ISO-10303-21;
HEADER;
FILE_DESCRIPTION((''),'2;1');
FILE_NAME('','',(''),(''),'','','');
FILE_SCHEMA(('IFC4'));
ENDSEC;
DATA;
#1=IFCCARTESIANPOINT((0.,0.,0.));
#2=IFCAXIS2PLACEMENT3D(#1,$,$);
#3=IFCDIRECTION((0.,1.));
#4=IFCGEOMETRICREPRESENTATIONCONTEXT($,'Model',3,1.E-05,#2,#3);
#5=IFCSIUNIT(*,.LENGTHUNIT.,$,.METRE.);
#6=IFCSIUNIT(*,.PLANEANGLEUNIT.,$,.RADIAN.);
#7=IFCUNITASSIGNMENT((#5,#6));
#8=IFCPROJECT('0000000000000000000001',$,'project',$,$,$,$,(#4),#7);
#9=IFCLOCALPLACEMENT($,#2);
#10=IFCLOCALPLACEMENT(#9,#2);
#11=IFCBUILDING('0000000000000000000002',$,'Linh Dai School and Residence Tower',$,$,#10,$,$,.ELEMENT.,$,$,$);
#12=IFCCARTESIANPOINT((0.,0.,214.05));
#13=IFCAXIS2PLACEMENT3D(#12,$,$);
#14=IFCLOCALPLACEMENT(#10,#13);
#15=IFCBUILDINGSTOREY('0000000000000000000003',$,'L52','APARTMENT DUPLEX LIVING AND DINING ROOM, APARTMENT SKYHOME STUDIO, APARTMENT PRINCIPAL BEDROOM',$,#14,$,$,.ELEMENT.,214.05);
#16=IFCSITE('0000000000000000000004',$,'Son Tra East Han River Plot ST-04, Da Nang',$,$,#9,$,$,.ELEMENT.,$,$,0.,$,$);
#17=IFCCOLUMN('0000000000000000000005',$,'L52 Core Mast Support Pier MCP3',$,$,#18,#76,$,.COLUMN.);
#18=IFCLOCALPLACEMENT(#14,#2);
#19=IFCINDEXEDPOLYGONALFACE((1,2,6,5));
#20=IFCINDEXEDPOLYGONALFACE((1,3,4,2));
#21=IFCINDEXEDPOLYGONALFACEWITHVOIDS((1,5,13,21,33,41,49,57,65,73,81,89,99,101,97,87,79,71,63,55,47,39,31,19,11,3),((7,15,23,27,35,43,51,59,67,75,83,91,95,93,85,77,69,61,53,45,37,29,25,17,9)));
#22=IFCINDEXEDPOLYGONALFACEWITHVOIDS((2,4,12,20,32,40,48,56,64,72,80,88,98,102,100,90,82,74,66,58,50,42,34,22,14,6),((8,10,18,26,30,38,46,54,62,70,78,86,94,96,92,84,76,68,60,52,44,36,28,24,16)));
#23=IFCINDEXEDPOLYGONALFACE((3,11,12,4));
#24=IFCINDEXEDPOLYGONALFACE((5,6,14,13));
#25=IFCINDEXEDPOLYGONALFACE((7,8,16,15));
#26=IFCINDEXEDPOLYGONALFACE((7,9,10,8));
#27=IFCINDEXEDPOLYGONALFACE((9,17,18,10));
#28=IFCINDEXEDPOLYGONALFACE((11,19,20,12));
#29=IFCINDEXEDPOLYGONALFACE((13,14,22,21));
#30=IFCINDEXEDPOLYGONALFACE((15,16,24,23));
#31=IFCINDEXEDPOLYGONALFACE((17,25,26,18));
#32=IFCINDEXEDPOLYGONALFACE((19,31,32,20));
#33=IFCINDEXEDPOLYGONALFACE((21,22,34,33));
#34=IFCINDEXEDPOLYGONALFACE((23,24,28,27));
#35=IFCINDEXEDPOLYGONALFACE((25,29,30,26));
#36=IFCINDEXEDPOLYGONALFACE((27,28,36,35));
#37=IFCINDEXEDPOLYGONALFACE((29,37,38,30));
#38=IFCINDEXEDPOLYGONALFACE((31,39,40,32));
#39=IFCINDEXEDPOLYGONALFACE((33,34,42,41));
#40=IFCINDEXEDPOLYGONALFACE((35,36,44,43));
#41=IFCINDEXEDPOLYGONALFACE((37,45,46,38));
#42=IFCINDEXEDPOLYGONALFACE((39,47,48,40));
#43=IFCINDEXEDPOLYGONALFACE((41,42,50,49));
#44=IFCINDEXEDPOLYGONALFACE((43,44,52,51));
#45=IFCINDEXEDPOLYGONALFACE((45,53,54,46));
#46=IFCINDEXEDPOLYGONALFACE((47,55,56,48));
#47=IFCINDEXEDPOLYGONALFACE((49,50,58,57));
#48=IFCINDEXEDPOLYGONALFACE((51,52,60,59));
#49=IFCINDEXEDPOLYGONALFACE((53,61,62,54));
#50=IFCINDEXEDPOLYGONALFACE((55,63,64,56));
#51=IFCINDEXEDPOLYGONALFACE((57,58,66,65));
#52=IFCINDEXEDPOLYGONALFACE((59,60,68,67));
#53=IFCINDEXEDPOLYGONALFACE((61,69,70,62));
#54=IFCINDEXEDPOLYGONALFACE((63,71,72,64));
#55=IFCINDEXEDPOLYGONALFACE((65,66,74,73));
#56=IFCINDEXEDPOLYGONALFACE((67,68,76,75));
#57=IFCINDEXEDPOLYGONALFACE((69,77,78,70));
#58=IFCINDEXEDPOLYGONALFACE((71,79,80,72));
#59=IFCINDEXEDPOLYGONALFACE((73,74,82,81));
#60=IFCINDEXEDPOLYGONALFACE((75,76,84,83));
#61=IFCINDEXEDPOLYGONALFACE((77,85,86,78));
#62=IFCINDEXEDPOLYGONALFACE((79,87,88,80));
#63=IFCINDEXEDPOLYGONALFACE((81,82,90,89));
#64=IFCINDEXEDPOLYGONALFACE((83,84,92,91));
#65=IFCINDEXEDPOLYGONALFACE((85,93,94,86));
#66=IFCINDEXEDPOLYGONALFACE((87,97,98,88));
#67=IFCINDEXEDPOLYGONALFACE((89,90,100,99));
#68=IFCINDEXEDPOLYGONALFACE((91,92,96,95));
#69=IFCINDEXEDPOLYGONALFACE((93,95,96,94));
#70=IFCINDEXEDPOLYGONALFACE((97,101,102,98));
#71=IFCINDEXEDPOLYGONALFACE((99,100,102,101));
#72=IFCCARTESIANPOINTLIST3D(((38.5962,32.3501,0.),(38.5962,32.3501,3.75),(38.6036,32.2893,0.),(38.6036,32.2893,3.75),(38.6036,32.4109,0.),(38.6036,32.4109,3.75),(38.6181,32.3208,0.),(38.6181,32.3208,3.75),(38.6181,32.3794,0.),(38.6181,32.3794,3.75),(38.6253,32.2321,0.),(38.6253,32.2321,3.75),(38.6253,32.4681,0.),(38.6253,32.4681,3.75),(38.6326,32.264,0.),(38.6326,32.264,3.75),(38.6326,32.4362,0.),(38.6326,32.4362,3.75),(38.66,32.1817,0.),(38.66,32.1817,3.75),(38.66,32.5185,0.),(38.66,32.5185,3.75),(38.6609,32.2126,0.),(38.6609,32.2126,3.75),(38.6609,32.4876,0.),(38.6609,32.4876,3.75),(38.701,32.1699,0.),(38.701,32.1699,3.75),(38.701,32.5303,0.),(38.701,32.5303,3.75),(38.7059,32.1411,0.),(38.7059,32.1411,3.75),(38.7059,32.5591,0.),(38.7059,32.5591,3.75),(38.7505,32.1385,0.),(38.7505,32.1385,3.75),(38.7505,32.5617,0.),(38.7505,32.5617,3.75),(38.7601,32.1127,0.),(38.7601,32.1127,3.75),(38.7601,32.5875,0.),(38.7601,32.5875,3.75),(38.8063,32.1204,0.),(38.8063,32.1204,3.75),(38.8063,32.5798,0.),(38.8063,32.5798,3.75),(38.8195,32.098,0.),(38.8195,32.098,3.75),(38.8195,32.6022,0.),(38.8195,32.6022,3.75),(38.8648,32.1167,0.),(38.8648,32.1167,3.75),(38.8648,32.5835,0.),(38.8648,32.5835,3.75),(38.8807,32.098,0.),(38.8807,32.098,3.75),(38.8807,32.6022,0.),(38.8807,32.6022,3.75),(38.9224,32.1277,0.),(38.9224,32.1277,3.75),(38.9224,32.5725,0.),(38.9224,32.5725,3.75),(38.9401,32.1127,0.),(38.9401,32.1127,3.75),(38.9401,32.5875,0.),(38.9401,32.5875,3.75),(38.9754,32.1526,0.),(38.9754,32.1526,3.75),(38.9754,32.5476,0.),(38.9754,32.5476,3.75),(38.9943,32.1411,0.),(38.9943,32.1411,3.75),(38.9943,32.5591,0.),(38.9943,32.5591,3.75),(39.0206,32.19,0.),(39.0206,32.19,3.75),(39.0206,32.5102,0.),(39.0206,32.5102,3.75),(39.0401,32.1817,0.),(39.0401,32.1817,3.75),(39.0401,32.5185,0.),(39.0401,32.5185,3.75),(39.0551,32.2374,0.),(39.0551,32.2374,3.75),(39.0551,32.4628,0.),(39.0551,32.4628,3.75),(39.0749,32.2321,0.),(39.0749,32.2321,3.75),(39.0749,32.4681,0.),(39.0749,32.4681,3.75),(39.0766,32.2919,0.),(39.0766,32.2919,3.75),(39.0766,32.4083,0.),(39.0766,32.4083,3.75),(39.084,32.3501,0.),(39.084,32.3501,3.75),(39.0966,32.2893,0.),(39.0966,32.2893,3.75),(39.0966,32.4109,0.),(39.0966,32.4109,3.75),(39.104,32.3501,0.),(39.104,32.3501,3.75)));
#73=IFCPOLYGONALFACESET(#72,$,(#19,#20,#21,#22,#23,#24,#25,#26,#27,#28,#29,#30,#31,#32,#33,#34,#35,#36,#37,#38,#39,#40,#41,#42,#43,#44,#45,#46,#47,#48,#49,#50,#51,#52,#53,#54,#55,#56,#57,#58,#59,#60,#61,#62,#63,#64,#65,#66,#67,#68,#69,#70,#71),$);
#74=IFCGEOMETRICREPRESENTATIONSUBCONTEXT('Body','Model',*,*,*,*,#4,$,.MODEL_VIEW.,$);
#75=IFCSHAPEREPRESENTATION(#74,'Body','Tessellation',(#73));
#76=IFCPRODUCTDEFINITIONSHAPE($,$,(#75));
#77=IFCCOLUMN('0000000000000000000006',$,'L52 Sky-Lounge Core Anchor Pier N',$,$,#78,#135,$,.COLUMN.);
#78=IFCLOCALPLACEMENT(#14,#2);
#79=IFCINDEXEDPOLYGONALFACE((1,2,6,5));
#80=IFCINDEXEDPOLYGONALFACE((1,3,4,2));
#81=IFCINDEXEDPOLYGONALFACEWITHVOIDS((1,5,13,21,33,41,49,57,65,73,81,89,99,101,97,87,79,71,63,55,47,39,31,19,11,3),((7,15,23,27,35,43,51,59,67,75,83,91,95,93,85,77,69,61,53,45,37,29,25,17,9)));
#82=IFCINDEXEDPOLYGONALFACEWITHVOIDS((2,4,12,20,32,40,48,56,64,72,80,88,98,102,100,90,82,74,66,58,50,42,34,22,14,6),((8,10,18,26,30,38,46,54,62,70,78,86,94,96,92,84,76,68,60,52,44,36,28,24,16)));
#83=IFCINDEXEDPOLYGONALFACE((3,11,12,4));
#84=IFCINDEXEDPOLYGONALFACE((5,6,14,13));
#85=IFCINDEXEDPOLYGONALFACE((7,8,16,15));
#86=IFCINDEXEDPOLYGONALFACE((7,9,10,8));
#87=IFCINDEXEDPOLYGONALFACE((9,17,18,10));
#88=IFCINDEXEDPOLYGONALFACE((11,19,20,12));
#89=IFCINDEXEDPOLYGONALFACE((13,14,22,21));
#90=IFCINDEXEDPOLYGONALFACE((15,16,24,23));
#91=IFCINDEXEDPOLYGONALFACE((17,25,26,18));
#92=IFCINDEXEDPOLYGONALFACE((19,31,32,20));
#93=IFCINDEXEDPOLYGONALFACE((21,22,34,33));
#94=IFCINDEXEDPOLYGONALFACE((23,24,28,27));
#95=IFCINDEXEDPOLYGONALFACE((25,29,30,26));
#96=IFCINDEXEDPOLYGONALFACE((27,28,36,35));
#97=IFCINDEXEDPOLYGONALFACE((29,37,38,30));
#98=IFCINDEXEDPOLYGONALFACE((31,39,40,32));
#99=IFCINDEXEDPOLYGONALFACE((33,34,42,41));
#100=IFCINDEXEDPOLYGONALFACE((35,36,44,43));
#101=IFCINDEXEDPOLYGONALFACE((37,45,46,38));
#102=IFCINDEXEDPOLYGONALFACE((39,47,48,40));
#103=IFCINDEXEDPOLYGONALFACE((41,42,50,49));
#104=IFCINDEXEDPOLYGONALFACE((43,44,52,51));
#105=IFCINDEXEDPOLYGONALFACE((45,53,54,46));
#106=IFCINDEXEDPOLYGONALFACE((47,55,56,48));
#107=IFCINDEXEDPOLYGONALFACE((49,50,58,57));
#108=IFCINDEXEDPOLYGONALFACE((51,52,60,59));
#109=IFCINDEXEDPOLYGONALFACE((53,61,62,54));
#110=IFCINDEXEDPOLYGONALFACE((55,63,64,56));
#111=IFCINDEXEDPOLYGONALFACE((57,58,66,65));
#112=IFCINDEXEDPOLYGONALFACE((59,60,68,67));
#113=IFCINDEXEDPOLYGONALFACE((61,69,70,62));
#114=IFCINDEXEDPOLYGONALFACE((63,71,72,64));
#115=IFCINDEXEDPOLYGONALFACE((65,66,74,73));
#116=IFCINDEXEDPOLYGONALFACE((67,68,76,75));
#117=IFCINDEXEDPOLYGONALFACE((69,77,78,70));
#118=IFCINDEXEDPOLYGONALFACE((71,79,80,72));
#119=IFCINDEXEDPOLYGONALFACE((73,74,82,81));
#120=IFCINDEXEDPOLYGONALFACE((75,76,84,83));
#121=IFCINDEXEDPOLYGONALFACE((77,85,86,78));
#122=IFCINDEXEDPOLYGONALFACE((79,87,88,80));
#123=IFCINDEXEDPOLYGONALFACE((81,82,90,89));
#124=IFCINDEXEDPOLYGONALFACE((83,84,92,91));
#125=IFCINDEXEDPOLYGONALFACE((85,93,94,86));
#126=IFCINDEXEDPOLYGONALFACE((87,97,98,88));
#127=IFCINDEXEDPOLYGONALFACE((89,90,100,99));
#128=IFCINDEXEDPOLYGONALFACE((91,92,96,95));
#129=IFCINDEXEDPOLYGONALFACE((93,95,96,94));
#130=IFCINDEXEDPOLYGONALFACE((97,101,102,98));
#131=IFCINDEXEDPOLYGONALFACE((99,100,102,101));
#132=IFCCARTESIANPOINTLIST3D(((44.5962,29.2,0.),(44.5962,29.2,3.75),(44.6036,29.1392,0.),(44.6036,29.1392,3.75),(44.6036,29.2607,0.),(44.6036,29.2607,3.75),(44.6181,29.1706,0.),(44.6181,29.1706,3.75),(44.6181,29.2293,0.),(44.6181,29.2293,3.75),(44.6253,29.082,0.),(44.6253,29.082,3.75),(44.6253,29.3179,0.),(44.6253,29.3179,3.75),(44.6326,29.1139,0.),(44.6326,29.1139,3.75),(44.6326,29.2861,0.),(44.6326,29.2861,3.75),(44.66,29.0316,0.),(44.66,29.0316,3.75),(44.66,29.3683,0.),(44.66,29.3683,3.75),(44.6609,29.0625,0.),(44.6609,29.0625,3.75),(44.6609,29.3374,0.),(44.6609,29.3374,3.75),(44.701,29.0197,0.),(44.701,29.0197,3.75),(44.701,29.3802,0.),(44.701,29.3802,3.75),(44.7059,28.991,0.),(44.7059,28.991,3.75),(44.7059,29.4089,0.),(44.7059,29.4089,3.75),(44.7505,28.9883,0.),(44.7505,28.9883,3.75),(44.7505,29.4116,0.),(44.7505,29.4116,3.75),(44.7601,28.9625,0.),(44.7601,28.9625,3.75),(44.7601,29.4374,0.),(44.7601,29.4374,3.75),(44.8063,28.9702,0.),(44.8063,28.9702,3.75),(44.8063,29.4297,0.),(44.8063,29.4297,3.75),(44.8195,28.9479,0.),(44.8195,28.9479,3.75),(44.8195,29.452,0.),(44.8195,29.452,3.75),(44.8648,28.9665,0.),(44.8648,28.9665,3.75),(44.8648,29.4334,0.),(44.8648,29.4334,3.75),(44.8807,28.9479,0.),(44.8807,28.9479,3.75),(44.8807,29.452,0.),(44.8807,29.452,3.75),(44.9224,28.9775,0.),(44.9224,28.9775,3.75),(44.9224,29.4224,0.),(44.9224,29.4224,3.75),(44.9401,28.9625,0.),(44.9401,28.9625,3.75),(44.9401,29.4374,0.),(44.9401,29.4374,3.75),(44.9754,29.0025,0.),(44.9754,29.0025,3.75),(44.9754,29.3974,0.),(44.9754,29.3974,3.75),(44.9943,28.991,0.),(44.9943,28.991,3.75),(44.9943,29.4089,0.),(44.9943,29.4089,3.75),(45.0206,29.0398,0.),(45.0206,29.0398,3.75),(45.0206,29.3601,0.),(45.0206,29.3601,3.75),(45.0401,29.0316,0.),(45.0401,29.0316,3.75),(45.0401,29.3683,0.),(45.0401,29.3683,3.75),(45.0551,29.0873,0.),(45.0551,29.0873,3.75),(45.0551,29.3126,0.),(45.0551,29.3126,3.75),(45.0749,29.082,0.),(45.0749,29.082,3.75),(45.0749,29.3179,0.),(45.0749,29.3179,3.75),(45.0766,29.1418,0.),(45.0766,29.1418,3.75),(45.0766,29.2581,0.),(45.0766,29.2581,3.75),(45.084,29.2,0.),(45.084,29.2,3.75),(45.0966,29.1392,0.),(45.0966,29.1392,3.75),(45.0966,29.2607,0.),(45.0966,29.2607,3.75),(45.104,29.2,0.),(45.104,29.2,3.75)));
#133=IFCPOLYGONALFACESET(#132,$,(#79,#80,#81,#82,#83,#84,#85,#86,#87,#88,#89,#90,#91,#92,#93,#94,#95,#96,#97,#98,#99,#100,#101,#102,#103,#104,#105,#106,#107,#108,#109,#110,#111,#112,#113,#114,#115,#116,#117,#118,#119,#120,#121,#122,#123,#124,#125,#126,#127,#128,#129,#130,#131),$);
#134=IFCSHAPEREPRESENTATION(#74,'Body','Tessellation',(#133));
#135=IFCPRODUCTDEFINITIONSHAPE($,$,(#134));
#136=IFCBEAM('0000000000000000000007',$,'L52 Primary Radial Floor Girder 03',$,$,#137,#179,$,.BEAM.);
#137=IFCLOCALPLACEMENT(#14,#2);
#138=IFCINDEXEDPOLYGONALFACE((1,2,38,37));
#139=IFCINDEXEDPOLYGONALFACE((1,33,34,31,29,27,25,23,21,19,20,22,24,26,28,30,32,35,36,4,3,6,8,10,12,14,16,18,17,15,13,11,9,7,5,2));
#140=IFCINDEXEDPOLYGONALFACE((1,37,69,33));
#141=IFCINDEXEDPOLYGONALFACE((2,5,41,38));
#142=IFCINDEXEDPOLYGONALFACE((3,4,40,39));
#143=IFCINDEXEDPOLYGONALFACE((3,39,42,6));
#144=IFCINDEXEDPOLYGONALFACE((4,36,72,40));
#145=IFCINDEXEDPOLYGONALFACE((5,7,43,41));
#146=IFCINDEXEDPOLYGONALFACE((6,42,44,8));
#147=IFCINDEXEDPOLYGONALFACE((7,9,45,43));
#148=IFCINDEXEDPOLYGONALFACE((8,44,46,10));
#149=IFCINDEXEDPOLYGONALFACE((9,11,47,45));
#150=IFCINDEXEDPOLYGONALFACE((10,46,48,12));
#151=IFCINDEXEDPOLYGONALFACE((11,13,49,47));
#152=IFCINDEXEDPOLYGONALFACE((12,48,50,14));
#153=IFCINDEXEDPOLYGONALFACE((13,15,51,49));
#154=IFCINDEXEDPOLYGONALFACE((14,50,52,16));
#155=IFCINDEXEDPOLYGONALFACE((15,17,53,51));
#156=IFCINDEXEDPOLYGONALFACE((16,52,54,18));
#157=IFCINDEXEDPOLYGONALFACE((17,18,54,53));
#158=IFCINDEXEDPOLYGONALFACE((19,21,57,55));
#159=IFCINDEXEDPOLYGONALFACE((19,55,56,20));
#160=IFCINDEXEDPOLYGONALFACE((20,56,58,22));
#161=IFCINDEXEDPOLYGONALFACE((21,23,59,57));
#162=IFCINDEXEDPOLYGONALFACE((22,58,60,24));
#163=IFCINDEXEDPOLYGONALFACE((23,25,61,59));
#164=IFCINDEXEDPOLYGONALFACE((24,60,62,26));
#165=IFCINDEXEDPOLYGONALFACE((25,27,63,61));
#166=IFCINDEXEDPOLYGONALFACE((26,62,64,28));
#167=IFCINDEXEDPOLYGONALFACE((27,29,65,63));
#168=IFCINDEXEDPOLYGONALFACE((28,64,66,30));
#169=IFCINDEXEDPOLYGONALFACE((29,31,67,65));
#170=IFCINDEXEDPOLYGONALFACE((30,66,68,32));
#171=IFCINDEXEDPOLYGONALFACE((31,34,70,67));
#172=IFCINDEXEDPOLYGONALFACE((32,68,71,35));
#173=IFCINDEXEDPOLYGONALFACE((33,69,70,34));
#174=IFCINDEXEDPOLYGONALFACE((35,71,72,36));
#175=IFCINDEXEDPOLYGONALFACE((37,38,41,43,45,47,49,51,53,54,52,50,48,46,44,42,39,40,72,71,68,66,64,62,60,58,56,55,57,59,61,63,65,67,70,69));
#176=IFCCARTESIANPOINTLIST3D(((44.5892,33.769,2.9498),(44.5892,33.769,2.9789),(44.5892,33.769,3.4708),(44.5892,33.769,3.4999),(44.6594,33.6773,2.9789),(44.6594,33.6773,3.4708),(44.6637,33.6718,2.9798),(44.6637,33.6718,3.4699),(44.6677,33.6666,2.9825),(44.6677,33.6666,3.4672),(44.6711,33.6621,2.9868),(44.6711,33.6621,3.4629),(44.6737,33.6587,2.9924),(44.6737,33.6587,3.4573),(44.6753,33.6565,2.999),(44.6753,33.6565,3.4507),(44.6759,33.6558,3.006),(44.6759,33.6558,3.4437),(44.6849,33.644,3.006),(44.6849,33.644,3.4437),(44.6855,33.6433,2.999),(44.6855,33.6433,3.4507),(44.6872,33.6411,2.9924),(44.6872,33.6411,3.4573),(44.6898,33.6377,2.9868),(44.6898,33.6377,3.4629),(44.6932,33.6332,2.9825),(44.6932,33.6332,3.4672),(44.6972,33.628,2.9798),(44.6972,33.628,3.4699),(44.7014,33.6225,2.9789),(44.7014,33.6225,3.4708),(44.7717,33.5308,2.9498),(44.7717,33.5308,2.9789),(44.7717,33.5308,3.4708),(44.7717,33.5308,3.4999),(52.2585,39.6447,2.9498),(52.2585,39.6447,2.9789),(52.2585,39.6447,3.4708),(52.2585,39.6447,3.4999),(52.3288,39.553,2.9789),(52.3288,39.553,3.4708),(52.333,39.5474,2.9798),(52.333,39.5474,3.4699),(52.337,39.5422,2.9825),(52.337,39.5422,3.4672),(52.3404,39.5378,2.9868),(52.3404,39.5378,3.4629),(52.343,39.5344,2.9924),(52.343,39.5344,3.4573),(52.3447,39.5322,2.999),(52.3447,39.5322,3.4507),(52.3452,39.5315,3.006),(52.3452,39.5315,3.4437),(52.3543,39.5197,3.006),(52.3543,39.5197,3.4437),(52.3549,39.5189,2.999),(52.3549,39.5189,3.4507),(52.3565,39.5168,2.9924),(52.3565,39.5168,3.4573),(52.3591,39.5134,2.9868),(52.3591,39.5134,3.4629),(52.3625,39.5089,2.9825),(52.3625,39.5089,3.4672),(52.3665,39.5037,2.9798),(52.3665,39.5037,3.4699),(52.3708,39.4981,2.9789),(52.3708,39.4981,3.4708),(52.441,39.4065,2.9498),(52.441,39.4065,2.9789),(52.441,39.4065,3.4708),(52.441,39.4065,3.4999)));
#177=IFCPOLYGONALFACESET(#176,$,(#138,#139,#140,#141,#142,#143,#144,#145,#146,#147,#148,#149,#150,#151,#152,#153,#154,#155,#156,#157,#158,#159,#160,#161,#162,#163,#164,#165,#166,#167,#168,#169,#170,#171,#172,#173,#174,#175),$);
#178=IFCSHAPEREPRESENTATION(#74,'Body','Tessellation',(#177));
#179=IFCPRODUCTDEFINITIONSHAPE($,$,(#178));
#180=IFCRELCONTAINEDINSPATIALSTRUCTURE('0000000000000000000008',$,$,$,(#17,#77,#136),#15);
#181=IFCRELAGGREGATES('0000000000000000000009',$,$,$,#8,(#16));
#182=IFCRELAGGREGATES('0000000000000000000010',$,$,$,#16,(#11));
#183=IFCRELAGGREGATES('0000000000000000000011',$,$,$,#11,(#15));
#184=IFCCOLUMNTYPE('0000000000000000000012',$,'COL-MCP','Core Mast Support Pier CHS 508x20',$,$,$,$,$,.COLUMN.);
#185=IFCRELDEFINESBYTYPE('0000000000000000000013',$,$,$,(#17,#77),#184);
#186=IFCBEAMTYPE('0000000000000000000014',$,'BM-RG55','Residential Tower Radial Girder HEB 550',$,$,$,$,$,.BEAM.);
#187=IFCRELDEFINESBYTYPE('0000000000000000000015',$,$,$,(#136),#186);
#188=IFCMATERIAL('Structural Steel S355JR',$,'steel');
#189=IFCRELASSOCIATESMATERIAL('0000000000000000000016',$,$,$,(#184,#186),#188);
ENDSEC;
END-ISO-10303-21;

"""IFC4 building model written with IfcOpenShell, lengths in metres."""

from ifc_helpers import new_model, si_unit, direction, frame, origin, origin_2d, place, context, subcontext, project, spatial, hollow_circle, i_section, extrude, material, material_profile, profile_set, type_object, element, save


model = new_model("IFC4")

# Units and contexts
model_context = context("Model", 3, precision=1e-05, world=origin(), true_north=direction((0.0, 1.0)))
body_context = subcontext(model_context, "Body", "Model", "MODEL_VIEW")
ifc_project = project(units=[si_unit("LENGTHUNIT", "METRE"), si_unit("PLANEANGLEUNIT", "RADIAN")], contexts=[model_context])

# Site, building, storey
site_placement = place(None, origin())
site = spatial("IfcSite", under=ifc_project, at=site_placement, Name="Son Tra East Han River Plot ST-04, Da Nang", CompositionType="ELEMENT", RefElevation=0.0)
building_placement = place(site_placement, origin())
building = spatial("IfcBuilding", under=site, at=building_placement, Name="Linh Dai School and Residence Tower", CompositionType="ELEMENT")
storey_placement = place(building_placement, frame((0.0, 0.0, 214.05)))
storey = spatial("IfcBuildingStorey", under=building, at=storey_placement, Name="L52", Description="APARTMENT DUPLEX LIVING AND DINING ROOM, APARTMENT SKYHOME STUDIO, APARTMENT PRINCIPAL BEDROOM", CompositionType="ELEMENT", Elevation=214.05)

# Columns
ifc_material_1 = material(Name="Structural Steel S355JR", Category="steel")
ifc_material_profile_1 = material_profile(ifc_material_1, hollow_circle(Radius=0.2539, WallThickness=0.02, at=origin_2d()), Name="CHS 508x20")
ifc_profile_set_1 = profile_set([ifc_material_profile_1], Name="Structural Steel S355JR")
column_type_1 = type_object("IfcColumnType", Name="COL-MCP", Description="Core Mast Support Pier CHS 508x20", PredefinedType="COLUMN", material=ifc_profile_set_1)
for number, where, z_axis, x_axis, name in (
    (1, (38.8501, 32.3501, 0.0), (0.0, 0.0, 1.0), (1.0, 0.0, 0.0), "L52 Core Mast Support Pier MCP3"),
    (2, (44.8501, 29.2, 0.0), (0.0, 0.0, 1.0), (1.0, 0.0, 0.0), "L52 Sky-Lounge Core Anchor Pier N"),
):
    element("IfcColumn", number, at=place(storey_placement, frame(where, z_axis=z_axis, x_axis=x_axis)), inside=storey, type_object=column_type_1, Name=name, PredefinedType="COLUMN", context=body_context, shape_type="SweptSolid", body=[
        extrude(hollow_circle(Radius=0.2539, WallThickness=0.02, at=origin_2d()), origin(), (0.0, 0.0, 1.0), 3.75),
    ])

# Beam
ifc_material_profile_2 = material_profile(ifc_material_1, i_section(OverallWidth=0.3, OverallDepth=0.55, WebThickness=0.0149, FlangeThickness=0.0291, FilletRadius=0.0271, at=origin_2d()), Name="HEB 550")
ifc_profile_set_2 = profile_set([ifc_material_profile_2], Name="Structural Steel S355JR")
beam_type_1 = type_object("IfcBeamType", Name="BM-RG55", Description="Residential Tower Radial Girder HEB 550", PredefinedType="BEAM", material=ifc_profile_set_2)
beam_1_placement = place(storey_placement, frame((44.6804, 33.6499, 3.2249), z_axis=(0.793815, 0.60816, 0.0), x_axis=(-0.60816, 0.793815, 0.0)))
element("IfcBeam", 3, at=beam_1_placement, inside=storey, type_object=beam_type_1, Name="L52 Primary Radial Floor Girder 03", PredefinedType="BEAM", context=body_context, shape_type="SweptSolid", body=[
    extrude(i_section(OverallWidth=0.3, OverallDepth=0.55, WebThickness=0.0149, FlangeThickness=0.0291, FilletRadius=0.0271, at=origin_2d()), origin(), (0.0, 0.0, 1.0), 9.6614),
])

save(model, "model.ifc")
